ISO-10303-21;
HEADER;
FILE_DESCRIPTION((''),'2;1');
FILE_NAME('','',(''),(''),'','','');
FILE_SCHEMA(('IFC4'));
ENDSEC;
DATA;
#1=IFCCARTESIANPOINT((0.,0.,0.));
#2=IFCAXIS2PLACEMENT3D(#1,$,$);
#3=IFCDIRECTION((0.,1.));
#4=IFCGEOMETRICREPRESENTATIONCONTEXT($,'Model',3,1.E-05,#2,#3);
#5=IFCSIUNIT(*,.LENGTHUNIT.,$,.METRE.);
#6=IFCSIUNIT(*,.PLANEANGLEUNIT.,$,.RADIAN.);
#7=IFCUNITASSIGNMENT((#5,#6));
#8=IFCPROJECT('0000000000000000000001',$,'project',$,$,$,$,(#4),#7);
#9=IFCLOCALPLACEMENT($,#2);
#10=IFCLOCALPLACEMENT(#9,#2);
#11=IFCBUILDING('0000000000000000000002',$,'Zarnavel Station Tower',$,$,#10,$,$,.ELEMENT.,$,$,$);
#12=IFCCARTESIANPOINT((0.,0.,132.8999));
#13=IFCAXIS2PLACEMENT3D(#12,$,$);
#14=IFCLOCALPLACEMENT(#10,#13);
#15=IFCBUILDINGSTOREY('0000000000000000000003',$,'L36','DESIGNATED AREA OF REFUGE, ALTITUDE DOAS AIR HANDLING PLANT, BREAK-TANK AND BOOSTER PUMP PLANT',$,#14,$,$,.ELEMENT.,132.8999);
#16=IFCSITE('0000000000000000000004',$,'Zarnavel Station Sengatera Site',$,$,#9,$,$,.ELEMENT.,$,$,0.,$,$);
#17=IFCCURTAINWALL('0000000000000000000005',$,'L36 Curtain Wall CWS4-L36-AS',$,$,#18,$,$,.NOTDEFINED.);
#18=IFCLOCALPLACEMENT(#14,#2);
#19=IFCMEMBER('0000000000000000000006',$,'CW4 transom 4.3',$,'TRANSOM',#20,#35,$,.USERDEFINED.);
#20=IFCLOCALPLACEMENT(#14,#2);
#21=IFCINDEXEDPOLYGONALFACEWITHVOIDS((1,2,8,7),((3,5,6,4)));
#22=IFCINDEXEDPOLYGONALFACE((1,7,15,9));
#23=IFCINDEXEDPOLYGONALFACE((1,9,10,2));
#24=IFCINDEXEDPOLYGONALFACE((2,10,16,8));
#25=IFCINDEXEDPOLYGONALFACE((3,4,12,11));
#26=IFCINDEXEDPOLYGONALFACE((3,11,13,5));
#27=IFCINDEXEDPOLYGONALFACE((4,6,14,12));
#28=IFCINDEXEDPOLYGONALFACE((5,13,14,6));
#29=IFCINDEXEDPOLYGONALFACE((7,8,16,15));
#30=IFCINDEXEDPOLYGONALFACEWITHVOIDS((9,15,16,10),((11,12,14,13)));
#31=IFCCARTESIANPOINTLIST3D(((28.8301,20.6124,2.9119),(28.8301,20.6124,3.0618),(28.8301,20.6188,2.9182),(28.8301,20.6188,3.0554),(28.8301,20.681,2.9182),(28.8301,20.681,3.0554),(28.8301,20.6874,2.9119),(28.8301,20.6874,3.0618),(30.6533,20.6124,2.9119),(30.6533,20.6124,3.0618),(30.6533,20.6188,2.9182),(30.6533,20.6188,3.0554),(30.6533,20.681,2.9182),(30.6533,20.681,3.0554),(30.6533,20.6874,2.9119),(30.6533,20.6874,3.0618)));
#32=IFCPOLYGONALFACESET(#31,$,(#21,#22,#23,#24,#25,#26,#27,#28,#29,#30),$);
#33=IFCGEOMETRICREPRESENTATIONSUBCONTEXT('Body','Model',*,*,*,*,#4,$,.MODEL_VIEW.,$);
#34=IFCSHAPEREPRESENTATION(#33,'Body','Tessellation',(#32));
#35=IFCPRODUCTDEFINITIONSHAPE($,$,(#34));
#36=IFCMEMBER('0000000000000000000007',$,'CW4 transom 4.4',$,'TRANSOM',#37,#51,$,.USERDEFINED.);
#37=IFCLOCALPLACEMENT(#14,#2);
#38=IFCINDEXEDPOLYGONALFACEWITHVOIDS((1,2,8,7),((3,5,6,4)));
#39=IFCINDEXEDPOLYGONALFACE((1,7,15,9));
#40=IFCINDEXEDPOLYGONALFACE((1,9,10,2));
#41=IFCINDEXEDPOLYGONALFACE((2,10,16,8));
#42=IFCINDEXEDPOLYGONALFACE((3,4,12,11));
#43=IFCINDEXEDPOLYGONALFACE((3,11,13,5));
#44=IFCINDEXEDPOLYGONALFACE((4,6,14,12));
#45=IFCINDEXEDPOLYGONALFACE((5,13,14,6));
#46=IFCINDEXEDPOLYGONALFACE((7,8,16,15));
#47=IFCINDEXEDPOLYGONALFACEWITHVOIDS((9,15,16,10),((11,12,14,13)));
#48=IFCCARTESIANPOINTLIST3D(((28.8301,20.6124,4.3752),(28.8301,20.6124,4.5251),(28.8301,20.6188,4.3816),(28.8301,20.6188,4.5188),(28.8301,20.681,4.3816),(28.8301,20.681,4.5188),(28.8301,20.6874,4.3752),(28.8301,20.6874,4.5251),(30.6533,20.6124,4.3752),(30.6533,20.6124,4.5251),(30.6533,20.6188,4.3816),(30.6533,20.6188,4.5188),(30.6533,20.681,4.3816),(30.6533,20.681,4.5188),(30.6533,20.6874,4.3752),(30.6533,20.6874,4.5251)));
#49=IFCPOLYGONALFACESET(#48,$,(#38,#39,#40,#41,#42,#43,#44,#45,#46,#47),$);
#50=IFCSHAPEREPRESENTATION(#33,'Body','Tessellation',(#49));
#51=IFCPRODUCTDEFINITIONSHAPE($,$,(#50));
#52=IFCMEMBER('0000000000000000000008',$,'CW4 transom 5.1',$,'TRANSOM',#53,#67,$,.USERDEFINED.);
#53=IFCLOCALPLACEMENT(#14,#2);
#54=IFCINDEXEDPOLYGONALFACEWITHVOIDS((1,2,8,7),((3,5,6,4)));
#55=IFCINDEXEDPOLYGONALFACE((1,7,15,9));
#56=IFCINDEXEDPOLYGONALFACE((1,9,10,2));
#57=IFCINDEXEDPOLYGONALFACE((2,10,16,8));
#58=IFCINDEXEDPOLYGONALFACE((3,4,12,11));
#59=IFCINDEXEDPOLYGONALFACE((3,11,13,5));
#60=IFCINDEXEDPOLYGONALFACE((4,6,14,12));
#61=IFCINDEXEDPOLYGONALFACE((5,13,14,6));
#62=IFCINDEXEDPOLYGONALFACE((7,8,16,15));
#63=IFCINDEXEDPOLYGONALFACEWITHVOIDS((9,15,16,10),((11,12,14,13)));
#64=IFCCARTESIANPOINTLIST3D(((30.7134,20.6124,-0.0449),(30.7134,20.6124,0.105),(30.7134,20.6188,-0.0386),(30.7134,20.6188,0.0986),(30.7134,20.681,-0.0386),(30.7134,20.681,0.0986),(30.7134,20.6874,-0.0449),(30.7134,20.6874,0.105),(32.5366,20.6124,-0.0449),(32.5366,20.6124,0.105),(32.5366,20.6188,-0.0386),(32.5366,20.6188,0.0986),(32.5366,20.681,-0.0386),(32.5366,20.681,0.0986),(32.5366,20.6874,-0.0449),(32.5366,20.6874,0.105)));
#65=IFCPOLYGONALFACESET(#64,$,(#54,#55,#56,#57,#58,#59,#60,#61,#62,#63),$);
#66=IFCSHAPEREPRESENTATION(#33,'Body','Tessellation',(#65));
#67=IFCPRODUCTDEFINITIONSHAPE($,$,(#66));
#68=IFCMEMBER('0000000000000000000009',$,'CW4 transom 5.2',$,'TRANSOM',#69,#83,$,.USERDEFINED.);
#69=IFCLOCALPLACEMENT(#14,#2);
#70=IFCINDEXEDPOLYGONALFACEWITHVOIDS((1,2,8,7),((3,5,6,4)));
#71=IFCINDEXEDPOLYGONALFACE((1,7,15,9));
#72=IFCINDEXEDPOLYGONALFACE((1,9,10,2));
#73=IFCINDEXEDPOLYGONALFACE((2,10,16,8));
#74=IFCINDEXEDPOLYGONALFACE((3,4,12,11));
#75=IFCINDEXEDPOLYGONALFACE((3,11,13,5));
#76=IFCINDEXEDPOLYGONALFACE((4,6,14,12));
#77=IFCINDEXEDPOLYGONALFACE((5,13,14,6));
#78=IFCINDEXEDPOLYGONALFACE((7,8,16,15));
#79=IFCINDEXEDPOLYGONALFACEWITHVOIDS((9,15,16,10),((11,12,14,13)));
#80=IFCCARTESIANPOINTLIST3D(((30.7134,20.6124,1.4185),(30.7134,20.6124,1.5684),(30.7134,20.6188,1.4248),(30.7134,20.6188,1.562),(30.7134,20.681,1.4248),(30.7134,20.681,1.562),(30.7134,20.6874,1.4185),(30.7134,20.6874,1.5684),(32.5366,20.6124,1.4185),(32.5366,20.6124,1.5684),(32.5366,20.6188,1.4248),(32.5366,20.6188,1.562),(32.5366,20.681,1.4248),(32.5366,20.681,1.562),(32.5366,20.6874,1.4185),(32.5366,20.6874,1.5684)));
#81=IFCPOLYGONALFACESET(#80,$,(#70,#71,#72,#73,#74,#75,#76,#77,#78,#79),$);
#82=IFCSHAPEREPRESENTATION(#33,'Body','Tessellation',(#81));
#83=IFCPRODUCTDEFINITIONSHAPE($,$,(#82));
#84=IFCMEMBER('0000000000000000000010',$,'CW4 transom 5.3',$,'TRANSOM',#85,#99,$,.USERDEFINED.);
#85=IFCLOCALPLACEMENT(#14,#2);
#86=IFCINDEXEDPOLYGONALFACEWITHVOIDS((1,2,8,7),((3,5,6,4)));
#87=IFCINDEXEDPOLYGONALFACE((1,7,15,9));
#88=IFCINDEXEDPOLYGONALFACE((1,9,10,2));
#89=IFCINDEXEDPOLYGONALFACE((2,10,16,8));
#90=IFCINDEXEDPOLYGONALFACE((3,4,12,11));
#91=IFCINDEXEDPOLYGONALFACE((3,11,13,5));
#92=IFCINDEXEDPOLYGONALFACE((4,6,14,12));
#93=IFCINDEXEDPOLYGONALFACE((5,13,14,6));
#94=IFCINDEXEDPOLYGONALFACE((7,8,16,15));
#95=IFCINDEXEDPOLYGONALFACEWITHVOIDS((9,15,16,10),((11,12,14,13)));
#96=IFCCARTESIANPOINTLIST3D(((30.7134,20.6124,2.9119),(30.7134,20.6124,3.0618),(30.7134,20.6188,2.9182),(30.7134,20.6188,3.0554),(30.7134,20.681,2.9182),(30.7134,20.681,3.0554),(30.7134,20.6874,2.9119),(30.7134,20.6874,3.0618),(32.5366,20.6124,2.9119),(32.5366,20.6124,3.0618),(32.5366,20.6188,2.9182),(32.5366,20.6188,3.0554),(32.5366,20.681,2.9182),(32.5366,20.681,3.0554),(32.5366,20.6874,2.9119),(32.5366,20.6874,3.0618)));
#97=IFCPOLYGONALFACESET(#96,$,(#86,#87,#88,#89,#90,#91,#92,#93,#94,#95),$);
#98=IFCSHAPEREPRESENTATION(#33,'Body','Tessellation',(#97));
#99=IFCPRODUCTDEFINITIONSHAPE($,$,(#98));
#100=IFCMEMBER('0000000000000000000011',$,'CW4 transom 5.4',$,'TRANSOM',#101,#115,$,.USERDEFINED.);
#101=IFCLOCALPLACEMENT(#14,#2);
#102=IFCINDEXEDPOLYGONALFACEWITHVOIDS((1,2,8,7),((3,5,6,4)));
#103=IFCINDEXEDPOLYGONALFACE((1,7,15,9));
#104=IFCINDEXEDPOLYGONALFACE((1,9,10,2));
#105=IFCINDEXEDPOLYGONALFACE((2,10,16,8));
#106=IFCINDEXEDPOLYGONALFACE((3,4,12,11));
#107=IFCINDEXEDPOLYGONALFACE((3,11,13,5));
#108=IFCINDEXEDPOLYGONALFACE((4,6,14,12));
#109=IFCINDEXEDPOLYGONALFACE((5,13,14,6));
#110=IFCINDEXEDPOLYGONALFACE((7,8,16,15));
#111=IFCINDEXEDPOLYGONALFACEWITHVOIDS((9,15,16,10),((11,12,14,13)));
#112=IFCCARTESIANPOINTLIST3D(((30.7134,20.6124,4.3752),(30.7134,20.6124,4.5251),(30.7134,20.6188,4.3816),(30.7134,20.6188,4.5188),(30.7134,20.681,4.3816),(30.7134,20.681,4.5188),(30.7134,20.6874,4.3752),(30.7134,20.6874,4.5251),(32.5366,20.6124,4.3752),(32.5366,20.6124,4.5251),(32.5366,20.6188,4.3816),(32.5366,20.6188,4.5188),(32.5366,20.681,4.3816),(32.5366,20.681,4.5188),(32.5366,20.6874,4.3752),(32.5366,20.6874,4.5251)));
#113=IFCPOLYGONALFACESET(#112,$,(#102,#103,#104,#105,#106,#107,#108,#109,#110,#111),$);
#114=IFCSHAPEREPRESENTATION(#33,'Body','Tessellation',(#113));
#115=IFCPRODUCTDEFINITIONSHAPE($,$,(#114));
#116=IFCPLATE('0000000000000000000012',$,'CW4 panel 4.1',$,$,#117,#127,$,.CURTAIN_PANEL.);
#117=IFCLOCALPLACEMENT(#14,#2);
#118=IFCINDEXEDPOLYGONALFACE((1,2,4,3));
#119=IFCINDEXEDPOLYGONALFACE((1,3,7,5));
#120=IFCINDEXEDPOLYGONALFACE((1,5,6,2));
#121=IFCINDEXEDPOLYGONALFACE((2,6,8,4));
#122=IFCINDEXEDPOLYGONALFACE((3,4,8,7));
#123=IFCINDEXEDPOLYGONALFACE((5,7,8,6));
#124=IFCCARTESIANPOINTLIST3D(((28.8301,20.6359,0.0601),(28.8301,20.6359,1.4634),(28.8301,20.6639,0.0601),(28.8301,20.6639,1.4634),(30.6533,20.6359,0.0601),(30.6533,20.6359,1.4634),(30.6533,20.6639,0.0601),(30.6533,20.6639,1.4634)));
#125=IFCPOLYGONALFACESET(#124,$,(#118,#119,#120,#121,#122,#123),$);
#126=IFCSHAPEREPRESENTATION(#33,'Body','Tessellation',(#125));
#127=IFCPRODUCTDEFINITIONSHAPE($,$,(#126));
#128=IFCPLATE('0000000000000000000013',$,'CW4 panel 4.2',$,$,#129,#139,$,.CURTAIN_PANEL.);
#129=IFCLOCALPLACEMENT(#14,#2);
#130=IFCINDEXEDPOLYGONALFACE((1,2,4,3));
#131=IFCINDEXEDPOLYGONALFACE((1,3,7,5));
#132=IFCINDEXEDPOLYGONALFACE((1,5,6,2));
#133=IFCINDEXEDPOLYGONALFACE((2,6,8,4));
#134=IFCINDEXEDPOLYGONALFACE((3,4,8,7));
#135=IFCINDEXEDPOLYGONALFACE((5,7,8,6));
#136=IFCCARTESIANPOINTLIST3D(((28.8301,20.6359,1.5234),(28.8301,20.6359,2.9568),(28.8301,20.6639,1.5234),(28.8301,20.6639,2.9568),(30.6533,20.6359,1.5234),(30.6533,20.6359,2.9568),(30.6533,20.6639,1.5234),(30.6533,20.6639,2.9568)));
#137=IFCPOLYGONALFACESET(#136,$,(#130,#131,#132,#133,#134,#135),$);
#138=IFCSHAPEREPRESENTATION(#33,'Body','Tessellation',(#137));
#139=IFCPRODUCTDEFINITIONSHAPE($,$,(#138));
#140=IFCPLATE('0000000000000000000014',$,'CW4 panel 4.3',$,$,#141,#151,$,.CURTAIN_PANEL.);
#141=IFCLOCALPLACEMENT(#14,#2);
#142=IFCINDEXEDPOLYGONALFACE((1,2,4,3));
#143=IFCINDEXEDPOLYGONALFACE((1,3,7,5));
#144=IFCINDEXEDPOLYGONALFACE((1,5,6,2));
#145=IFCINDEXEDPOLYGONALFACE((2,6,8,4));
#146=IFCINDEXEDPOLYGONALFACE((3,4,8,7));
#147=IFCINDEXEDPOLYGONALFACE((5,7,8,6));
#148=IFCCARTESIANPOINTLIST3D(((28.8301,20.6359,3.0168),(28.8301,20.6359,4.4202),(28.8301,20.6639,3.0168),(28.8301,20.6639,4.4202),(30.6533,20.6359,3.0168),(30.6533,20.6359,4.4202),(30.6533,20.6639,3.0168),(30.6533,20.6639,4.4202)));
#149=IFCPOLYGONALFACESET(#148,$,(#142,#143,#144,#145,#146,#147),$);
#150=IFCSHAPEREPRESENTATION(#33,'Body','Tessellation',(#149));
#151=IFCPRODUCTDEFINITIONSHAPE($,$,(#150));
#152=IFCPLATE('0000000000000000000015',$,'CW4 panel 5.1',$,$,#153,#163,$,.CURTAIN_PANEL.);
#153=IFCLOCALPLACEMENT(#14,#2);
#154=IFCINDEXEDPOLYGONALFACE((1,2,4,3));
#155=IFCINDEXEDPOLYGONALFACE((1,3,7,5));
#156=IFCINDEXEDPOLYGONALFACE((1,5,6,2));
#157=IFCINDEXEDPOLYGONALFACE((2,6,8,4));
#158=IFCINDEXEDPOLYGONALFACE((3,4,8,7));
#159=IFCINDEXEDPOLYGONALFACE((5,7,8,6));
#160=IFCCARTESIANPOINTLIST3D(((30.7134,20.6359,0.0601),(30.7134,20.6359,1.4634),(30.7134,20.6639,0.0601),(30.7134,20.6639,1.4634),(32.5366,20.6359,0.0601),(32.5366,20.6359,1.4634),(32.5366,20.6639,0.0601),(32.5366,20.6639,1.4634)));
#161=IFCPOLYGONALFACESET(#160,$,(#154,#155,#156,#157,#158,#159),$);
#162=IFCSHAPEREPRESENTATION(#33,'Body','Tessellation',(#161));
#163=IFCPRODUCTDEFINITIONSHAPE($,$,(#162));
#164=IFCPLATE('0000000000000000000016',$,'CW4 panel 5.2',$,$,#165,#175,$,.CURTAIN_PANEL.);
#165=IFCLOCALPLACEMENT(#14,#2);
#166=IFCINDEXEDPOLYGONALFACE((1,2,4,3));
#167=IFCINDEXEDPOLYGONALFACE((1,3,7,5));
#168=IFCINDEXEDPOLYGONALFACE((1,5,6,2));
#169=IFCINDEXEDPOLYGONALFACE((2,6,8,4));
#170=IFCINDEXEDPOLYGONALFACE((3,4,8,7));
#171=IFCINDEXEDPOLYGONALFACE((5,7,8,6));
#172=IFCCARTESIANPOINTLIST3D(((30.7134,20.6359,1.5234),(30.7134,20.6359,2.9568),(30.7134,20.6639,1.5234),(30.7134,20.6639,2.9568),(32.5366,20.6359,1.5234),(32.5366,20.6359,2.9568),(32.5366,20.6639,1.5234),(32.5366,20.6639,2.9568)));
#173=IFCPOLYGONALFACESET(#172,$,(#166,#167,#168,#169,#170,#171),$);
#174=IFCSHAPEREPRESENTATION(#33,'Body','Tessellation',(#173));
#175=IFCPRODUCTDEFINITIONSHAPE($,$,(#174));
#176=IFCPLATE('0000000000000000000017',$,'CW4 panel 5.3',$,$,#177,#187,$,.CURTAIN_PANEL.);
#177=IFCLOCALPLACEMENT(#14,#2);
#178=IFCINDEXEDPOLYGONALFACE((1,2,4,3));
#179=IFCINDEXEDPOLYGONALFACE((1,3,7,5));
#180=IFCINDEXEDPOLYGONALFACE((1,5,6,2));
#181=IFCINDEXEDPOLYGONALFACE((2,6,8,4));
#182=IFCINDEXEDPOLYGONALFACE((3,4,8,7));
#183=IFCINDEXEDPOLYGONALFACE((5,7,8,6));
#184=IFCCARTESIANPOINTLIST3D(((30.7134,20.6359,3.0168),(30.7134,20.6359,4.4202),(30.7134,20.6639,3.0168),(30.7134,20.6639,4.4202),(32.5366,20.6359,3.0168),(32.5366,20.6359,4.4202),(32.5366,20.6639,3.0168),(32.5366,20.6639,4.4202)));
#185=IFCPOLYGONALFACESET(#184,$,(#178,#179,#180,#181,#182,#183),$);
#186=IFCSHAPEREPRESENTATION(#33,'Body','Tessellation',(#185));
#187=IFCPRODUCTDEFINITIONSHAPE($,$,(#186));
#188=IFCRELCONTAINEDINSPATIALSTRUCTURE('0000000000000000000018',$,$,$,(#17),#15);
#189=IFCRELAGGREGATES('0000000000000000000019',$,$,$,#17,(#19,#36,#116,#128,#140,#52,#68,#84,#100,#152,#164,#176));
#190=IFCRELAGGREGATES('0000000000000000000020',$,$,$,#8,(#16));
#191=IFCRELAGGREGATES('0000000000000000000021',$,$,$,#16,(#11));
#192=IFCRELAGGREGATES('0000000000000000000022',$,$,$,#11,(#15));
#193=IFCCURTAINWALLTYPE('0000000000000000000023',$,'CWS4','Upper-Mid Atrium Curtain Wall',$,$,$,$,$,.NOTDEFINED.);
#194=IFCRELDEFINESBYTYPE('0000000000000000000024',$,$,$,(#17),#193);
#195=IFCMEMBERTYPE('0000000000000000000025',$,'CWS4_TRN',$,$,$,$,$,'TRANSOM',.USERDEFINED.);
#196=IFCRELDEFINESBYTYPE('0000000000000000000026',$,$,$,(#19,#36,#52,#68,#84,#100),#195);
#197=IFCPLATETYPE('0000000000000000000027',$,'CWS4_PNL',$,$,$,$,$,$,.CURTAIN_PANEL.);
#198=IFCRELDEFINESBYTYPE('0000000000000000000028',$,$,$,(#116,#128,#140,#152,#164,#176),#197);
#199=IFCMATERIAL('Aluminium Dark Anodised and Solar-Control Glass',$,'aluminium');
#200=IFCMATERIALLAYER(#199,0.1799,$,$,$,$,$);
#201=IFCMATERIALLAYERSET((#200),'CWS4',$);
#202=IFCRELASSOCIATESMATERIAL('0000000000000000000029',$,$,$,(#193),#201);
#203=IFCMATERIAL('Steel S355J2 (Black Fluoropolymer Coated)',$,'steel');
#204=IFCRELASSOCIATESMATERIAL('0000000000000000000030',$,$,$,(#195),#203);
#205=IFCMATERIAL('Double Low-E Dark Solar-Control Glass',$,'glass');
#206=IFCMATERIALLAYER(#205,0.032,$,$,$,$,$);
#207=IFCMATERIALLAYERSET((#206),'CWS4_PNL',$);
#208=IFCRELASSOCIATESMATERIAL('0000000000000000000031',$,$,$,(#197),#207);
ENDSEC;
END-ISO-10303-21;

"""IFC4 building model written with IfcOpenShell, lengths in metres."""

from ifc_helpers import new_model, si_unit, direction, frame, origin, origin_2d, place, context, subcontext, project, spatial, rectangle, hollow_rectangle, extrude, material, layer, layer_set, material_profile, profile_set, type_object, element, aggregate, save


model = new_model("IFC4")

# Units and contexts
model_context = context("Model", 3, precision=1e-05, world=origin(), true_north=direction((0.0, 1.0)))
body_context = subcontext(model_context, "Body", "Model", "MODEL_VIEW")
ifc_project = project(units=[si_unit("LENGTHUNIT", "METRE"), si_unit("PLANEANGLEUNIT", "RADIAN")], contexts=[model_context])

# Site, building, storey
site_placement = place(None, origin())
site = spatial("IfcSite", under=ifc_project, at=site_placement, Name="Zarnavel Station Sengatera Site", CompositionType="ELEMENT", RefElevation=0.0)
building_placement = place(site_placement, origin())
building = spatial("IfcBuilding", under=site, at=building_placement, Name="Zarnavel Station Tower", CompositionType="ELEMENT")
storey_placement = place(building_placement, frame((0.0, 0.0, 132.8999)))
storey = spatial("IfcBuildingStorey", under=building, at=storey_placement, Name="L36", Description="DESIGNATED AREA OF REFUGE, ALTITUDE DOAS AIR HANDLING PLANT, BREAK-TANK AND BOOSTER PUMP PLANT", CompositionType="ELEMENT", Elevation=132.8999)

# Curtain wall, members, plates
ifc_material_1 = material(Name="Aluminium Dark Anodised and Solar-Control Glass", Category="aluminium")
ifc_layer_1 = layer(ifc_material_1, 0.1799)
ifc_layer_set_1 = layer_set([ifc_layer_1], Name="CWS4")
curtain_wall_type = type_object("IfcCurtainWallType", Name="CWS4", Description="Upper-Mid Atrium Curtain Wall", PredefinedType="NOTDEFINED", material=ifc_layer_set_1)
curtain_wall_placement = place(storey_placement, origin())
curtain_wall = element("IfcCurtainWall", 1, at=curtain_wall_placement, inside=storey, type_object=curtain_wall_type, Name="L36 Curtain Wall CWS4-L36-AS", PredefinedType="NOTDEFINED")
ifc_material_2 = material(Name="Steel S355J2 (Black Fluoropolymer Coated)", Category="steel")
ifc_material_profile_1 = material_profile(ifc_material_2, hollow_rectangle(XDim=0.075, YDim=0.1499, WallThickness=0.0063, at=origin_2d()), Name="RHS150x75x6.3")
ifc_profile_set_1 = profile_set([ifc_material_profile_1], Name="Steel S355J2 (Black Fluoropolymer Coated)")
member_type_1 = type_object("IfcMemberType", Name="CWS4_TRN", ElementType="TRANSOM", PredefinedType="USERDEFINED", material=ifc_profile_set_1)
member_1_placement = place(storey_placement, frame((28.8301, 20.6499, 2.9868), z_axis=(1.0, 0.0, 0.0), x_axis=(0.0, 1.0, 0.0)))
member_1 = element("IfcMember", 2, at=member_1_placement, type_object=member_type_1, Name="CW4 transom 4.3", ObjectType="TRANSOM", PredefinedType="USERDEFINED", context=body_context, shape_type="SweptSolid", body=[
    extrude(hollow_rectangle(XDim=0.075, YDim=0.1499, WallThickness=0.0063, at=origin_2d()), origin(), (0.0, 0.0, 1.0), 1.8232),
])
member_2_placement = place(storey_placement, frame((28.8301, 20.6499, 4.4502), z_axis=(1.0, 0.0, 0.0), x_axis=(0.0, 1.0, 0.0)))
member_2 = element("IfcMember", 3, at=member_2_placement, type_object=member_type_1, Name="CW4 transom 4.4", ObjectType="TRANSOM", PredefinedType="USERDEFINED", context=body_context, shape_type="SweptSolid", body=[
    extrude(hollow_rectangle(XDim=0.075, YDim=0.1499, WallThickness=0.0063, at=origin_2d()), origin(), (0.0, 0.0, 1.0), 1.8232),
])
member_3_placement = place(storey_placement, frame((30.7134, 20.6499, 0.03), z_axis=(1.0, 0.0, 0.0), x_axis=(0.0, 1.0, 0.0)))
member_3 = element("IfcMember", 4, at=member_3_placement, type_object=member_type_1, Name="CW4 transom 5.1", ObjectType="TRANSOM", PredefinedType="USERDEFINED", context=body_context, shape_type="SweptSolid", body=[
    extrude(hollow_rectangle(XDim=0.075, YDim=0.1499, WallThickness=0.0063, at=origin_2d()), origin(), (0.0, 0.0, 1.0), 1.8232),
])
member_4_placement = place(storey_placement, frame((30.7134, 20.6499, 1.4934), z_axis=(1.0, 0.0, 0.0), x_axis=(0.0, 1.0, 0.0)))
member_4 = element("IfcMember", 5, at=member_4_placement, type_object=member_type_1, Name="CW4 transom 5.2", ObjectType="TRANSOM", PredefinedType="USERDEFINED", context=body_context, shape_type="SweptSolid", body=[
    extrude(hollow_rectangle(XDim=0.075, YDim=0.1499, WallThickness=0.0063, at=origin_2d()), origin(), (0.0, 0.0, 1.0), 1.8232),
])
member_5_placement = place(storey_placement, frame((30.7134, 20.6499, 2.9868), z_axis=(1.0, 0.0, 0.0), x_axis=(0.0, 1.0, 0.0)))
member_5 = element("IfcMember", 6, at=member_5_placement, type_object=member_type_1, Name="CW4 transom 5.3", ObjectType="TRANSOM", PredefinedType="USERDEFINED", context=body_context, shape_type="SweptSolid", body=[
    extrude(hollow_rectangle(XDim=0.075, YDim=0.1499, WallThickness=0.0063, at=origin_2d()), origin(), (0.0, 0.0, 1.0), 1.8232),
])
member_6_placement = place(storey_placement, frame((30.7134, 20.6499, 4.4502), z_axis=(1.0, 0.0, 0.0), x_axis=(0.0, 1.0, 0.0)))
member_6 = element("IfcMember", 7, at=member_6_placement, type_object=member_type_1, Name="CW4 transom 5.4", ObjectType="TRANSOM", PredefinedType="USERDEFINED", context=body_context, shape_type="SweptSolid", body=[
    extrude(hollow_rectangle(XDim=0.075, YDim=0.1499, WallThickness=0.0063, at=origin_2d()), origin(), (0.0, 0.0, 1.0), 1.8232),
])
ifc_material_3 = material(Name="Double Low-E Dark Solar-Control Glass", Category="glass")
ifc_layer_2 = layer(ifc_material_3, 0.032)
ifc_layer_set_2 = layer_set([ifc_layer_2], Name="CWS4_PNL")
plate_type_1 = type_object("IfcPlateType", Name="CWS4_PNL", PredefinedType="CURTAIN_PANEL", material=ifc_layer_set_2)
plate_1_placement = place(storey_placement, frame((29.7417, 20.6499, 0.0601), z_axis=(0.0, 0.0, 1.0), x_axis=(1.0, 0.0, 0.0)))
plate_1 = element("IfcPlate", 8, at=plate_1_placement, type_object=plate_type_1, Name="CW4 panel 4.1", PredefinedType="CURTAIN_PANEL", context=body_context, shape_type="SweptSolid", body=[
    extrude(rectangle(XDim=1.8232, YDim=0.0281, at=origin_2d()), origin(), (0.0, 0.0, 1.0), 1.4033),
])
plate_2_placement = place(storey_placement, frame((29.7417, 20.6499, 1.5234), z_axis=(0.0, 0.0, 1.0), x_axis=(1.0, 0.0, 0.0)))
plate_2 = element("IfcPlate", 9, at=plate_2_placement, type_object=plate_type_1, Name="CW4 panel 4.2", PredefinedType="CURTAIN_PANEL", context=body_context, shape_type="SweptSolid", body=[
    extrude(rectangle(XDim=1.8232, YDim=0.0281, at=origin_2d()), origin(), (0.0, 0.0, 1.0), 1.4333),
])
plate_3_placement = place(storey_placement, frame((29.7417, 20.6499, 3.0168), z_axis=(0.0, 0.0, 1.0), x_axis=(1.0, 0.0, 0.0)))
plate_3 = element("IfcPlate", 10, at=plate_3_placement, type_object=plate_type_1, Name="CW4 panel 4.3", PredefinedType="CURTAIN_PANEL", context=body_context, shape_type="SweptSolid", body=[
    extrude(rectangle(XDim=1.8232, YDim=0.0281, at=origin_2d()), origin(), (0.0, 0.0, 1.0), 1.4033),
])
plate_4_placement = place(storey_placement, frame((31.625, 20.6499, 0.0601), z_axis=(0.0, 0.0, 1.0), x_axis=(1.0, 0.0, 0.0)))
plate_4 = element("IfcPlate", 11, at=plate_4_placement, type_object=plate_type_1, Name="CW4 panel 5.1", PredefinedType="CURTAIN_PANEL", context=body_context, shape_type="SweptSolid", body=[
    extrude(rectangle(XDim=1.8232, YDim=0.0281, at=origin_2d()), origin(), (0.0, 0.0, 1.0), 1.4033),
])
plate_5_placement = place(storey_placement, frame((31.625, 20.6499, 1.5234), z_axis=(0.0, 0.0, 1.0), x_axis=(1.0, 0.0, 0.0)))
plate_5 = element("IfcPlate", 12, at=plate_5_placement, type_object=plate_type_1, Name="CW4 panel 5.2", PredefinedType="CURTAIN_PANEL", context=body_context, shape_type="SweptSolid", body=[
    extrude(rectangle(XDim=1.8232, YDim=0.0281, at=origin_2d()), origin(), (0.0, 0.0, 1.0), 1.4333),
])
plate_6_placement = place(storey_placement, frame((31.625, 20.6499, 3.0168), z_axis=(0.0, 0.0, 1.0), x_axis=(1.0, 0.0, 0.0)))
plate_6 = element("IfcPlate", 13, at=plate_6_placement, type_object=plate_type_1, Name="CW4 panel 5.3", PredefinedType="CURTAIN_PANEL", context=body_context, shape_type="SweptSolid", body=[
    extrude(rectangle(XDim=1.8232, YDim=0.0281, at=origin_2d()), origin(), (0.0, 0.0, 1.0), 1.4033),
])
aggregate(curtain_wall, [member_1, member_2, plate_1, plate_2, plate_3, member_3, member_4, member_5, member_6, plate_4, plate_5, plate_6])

save(model, "model.ifc")
